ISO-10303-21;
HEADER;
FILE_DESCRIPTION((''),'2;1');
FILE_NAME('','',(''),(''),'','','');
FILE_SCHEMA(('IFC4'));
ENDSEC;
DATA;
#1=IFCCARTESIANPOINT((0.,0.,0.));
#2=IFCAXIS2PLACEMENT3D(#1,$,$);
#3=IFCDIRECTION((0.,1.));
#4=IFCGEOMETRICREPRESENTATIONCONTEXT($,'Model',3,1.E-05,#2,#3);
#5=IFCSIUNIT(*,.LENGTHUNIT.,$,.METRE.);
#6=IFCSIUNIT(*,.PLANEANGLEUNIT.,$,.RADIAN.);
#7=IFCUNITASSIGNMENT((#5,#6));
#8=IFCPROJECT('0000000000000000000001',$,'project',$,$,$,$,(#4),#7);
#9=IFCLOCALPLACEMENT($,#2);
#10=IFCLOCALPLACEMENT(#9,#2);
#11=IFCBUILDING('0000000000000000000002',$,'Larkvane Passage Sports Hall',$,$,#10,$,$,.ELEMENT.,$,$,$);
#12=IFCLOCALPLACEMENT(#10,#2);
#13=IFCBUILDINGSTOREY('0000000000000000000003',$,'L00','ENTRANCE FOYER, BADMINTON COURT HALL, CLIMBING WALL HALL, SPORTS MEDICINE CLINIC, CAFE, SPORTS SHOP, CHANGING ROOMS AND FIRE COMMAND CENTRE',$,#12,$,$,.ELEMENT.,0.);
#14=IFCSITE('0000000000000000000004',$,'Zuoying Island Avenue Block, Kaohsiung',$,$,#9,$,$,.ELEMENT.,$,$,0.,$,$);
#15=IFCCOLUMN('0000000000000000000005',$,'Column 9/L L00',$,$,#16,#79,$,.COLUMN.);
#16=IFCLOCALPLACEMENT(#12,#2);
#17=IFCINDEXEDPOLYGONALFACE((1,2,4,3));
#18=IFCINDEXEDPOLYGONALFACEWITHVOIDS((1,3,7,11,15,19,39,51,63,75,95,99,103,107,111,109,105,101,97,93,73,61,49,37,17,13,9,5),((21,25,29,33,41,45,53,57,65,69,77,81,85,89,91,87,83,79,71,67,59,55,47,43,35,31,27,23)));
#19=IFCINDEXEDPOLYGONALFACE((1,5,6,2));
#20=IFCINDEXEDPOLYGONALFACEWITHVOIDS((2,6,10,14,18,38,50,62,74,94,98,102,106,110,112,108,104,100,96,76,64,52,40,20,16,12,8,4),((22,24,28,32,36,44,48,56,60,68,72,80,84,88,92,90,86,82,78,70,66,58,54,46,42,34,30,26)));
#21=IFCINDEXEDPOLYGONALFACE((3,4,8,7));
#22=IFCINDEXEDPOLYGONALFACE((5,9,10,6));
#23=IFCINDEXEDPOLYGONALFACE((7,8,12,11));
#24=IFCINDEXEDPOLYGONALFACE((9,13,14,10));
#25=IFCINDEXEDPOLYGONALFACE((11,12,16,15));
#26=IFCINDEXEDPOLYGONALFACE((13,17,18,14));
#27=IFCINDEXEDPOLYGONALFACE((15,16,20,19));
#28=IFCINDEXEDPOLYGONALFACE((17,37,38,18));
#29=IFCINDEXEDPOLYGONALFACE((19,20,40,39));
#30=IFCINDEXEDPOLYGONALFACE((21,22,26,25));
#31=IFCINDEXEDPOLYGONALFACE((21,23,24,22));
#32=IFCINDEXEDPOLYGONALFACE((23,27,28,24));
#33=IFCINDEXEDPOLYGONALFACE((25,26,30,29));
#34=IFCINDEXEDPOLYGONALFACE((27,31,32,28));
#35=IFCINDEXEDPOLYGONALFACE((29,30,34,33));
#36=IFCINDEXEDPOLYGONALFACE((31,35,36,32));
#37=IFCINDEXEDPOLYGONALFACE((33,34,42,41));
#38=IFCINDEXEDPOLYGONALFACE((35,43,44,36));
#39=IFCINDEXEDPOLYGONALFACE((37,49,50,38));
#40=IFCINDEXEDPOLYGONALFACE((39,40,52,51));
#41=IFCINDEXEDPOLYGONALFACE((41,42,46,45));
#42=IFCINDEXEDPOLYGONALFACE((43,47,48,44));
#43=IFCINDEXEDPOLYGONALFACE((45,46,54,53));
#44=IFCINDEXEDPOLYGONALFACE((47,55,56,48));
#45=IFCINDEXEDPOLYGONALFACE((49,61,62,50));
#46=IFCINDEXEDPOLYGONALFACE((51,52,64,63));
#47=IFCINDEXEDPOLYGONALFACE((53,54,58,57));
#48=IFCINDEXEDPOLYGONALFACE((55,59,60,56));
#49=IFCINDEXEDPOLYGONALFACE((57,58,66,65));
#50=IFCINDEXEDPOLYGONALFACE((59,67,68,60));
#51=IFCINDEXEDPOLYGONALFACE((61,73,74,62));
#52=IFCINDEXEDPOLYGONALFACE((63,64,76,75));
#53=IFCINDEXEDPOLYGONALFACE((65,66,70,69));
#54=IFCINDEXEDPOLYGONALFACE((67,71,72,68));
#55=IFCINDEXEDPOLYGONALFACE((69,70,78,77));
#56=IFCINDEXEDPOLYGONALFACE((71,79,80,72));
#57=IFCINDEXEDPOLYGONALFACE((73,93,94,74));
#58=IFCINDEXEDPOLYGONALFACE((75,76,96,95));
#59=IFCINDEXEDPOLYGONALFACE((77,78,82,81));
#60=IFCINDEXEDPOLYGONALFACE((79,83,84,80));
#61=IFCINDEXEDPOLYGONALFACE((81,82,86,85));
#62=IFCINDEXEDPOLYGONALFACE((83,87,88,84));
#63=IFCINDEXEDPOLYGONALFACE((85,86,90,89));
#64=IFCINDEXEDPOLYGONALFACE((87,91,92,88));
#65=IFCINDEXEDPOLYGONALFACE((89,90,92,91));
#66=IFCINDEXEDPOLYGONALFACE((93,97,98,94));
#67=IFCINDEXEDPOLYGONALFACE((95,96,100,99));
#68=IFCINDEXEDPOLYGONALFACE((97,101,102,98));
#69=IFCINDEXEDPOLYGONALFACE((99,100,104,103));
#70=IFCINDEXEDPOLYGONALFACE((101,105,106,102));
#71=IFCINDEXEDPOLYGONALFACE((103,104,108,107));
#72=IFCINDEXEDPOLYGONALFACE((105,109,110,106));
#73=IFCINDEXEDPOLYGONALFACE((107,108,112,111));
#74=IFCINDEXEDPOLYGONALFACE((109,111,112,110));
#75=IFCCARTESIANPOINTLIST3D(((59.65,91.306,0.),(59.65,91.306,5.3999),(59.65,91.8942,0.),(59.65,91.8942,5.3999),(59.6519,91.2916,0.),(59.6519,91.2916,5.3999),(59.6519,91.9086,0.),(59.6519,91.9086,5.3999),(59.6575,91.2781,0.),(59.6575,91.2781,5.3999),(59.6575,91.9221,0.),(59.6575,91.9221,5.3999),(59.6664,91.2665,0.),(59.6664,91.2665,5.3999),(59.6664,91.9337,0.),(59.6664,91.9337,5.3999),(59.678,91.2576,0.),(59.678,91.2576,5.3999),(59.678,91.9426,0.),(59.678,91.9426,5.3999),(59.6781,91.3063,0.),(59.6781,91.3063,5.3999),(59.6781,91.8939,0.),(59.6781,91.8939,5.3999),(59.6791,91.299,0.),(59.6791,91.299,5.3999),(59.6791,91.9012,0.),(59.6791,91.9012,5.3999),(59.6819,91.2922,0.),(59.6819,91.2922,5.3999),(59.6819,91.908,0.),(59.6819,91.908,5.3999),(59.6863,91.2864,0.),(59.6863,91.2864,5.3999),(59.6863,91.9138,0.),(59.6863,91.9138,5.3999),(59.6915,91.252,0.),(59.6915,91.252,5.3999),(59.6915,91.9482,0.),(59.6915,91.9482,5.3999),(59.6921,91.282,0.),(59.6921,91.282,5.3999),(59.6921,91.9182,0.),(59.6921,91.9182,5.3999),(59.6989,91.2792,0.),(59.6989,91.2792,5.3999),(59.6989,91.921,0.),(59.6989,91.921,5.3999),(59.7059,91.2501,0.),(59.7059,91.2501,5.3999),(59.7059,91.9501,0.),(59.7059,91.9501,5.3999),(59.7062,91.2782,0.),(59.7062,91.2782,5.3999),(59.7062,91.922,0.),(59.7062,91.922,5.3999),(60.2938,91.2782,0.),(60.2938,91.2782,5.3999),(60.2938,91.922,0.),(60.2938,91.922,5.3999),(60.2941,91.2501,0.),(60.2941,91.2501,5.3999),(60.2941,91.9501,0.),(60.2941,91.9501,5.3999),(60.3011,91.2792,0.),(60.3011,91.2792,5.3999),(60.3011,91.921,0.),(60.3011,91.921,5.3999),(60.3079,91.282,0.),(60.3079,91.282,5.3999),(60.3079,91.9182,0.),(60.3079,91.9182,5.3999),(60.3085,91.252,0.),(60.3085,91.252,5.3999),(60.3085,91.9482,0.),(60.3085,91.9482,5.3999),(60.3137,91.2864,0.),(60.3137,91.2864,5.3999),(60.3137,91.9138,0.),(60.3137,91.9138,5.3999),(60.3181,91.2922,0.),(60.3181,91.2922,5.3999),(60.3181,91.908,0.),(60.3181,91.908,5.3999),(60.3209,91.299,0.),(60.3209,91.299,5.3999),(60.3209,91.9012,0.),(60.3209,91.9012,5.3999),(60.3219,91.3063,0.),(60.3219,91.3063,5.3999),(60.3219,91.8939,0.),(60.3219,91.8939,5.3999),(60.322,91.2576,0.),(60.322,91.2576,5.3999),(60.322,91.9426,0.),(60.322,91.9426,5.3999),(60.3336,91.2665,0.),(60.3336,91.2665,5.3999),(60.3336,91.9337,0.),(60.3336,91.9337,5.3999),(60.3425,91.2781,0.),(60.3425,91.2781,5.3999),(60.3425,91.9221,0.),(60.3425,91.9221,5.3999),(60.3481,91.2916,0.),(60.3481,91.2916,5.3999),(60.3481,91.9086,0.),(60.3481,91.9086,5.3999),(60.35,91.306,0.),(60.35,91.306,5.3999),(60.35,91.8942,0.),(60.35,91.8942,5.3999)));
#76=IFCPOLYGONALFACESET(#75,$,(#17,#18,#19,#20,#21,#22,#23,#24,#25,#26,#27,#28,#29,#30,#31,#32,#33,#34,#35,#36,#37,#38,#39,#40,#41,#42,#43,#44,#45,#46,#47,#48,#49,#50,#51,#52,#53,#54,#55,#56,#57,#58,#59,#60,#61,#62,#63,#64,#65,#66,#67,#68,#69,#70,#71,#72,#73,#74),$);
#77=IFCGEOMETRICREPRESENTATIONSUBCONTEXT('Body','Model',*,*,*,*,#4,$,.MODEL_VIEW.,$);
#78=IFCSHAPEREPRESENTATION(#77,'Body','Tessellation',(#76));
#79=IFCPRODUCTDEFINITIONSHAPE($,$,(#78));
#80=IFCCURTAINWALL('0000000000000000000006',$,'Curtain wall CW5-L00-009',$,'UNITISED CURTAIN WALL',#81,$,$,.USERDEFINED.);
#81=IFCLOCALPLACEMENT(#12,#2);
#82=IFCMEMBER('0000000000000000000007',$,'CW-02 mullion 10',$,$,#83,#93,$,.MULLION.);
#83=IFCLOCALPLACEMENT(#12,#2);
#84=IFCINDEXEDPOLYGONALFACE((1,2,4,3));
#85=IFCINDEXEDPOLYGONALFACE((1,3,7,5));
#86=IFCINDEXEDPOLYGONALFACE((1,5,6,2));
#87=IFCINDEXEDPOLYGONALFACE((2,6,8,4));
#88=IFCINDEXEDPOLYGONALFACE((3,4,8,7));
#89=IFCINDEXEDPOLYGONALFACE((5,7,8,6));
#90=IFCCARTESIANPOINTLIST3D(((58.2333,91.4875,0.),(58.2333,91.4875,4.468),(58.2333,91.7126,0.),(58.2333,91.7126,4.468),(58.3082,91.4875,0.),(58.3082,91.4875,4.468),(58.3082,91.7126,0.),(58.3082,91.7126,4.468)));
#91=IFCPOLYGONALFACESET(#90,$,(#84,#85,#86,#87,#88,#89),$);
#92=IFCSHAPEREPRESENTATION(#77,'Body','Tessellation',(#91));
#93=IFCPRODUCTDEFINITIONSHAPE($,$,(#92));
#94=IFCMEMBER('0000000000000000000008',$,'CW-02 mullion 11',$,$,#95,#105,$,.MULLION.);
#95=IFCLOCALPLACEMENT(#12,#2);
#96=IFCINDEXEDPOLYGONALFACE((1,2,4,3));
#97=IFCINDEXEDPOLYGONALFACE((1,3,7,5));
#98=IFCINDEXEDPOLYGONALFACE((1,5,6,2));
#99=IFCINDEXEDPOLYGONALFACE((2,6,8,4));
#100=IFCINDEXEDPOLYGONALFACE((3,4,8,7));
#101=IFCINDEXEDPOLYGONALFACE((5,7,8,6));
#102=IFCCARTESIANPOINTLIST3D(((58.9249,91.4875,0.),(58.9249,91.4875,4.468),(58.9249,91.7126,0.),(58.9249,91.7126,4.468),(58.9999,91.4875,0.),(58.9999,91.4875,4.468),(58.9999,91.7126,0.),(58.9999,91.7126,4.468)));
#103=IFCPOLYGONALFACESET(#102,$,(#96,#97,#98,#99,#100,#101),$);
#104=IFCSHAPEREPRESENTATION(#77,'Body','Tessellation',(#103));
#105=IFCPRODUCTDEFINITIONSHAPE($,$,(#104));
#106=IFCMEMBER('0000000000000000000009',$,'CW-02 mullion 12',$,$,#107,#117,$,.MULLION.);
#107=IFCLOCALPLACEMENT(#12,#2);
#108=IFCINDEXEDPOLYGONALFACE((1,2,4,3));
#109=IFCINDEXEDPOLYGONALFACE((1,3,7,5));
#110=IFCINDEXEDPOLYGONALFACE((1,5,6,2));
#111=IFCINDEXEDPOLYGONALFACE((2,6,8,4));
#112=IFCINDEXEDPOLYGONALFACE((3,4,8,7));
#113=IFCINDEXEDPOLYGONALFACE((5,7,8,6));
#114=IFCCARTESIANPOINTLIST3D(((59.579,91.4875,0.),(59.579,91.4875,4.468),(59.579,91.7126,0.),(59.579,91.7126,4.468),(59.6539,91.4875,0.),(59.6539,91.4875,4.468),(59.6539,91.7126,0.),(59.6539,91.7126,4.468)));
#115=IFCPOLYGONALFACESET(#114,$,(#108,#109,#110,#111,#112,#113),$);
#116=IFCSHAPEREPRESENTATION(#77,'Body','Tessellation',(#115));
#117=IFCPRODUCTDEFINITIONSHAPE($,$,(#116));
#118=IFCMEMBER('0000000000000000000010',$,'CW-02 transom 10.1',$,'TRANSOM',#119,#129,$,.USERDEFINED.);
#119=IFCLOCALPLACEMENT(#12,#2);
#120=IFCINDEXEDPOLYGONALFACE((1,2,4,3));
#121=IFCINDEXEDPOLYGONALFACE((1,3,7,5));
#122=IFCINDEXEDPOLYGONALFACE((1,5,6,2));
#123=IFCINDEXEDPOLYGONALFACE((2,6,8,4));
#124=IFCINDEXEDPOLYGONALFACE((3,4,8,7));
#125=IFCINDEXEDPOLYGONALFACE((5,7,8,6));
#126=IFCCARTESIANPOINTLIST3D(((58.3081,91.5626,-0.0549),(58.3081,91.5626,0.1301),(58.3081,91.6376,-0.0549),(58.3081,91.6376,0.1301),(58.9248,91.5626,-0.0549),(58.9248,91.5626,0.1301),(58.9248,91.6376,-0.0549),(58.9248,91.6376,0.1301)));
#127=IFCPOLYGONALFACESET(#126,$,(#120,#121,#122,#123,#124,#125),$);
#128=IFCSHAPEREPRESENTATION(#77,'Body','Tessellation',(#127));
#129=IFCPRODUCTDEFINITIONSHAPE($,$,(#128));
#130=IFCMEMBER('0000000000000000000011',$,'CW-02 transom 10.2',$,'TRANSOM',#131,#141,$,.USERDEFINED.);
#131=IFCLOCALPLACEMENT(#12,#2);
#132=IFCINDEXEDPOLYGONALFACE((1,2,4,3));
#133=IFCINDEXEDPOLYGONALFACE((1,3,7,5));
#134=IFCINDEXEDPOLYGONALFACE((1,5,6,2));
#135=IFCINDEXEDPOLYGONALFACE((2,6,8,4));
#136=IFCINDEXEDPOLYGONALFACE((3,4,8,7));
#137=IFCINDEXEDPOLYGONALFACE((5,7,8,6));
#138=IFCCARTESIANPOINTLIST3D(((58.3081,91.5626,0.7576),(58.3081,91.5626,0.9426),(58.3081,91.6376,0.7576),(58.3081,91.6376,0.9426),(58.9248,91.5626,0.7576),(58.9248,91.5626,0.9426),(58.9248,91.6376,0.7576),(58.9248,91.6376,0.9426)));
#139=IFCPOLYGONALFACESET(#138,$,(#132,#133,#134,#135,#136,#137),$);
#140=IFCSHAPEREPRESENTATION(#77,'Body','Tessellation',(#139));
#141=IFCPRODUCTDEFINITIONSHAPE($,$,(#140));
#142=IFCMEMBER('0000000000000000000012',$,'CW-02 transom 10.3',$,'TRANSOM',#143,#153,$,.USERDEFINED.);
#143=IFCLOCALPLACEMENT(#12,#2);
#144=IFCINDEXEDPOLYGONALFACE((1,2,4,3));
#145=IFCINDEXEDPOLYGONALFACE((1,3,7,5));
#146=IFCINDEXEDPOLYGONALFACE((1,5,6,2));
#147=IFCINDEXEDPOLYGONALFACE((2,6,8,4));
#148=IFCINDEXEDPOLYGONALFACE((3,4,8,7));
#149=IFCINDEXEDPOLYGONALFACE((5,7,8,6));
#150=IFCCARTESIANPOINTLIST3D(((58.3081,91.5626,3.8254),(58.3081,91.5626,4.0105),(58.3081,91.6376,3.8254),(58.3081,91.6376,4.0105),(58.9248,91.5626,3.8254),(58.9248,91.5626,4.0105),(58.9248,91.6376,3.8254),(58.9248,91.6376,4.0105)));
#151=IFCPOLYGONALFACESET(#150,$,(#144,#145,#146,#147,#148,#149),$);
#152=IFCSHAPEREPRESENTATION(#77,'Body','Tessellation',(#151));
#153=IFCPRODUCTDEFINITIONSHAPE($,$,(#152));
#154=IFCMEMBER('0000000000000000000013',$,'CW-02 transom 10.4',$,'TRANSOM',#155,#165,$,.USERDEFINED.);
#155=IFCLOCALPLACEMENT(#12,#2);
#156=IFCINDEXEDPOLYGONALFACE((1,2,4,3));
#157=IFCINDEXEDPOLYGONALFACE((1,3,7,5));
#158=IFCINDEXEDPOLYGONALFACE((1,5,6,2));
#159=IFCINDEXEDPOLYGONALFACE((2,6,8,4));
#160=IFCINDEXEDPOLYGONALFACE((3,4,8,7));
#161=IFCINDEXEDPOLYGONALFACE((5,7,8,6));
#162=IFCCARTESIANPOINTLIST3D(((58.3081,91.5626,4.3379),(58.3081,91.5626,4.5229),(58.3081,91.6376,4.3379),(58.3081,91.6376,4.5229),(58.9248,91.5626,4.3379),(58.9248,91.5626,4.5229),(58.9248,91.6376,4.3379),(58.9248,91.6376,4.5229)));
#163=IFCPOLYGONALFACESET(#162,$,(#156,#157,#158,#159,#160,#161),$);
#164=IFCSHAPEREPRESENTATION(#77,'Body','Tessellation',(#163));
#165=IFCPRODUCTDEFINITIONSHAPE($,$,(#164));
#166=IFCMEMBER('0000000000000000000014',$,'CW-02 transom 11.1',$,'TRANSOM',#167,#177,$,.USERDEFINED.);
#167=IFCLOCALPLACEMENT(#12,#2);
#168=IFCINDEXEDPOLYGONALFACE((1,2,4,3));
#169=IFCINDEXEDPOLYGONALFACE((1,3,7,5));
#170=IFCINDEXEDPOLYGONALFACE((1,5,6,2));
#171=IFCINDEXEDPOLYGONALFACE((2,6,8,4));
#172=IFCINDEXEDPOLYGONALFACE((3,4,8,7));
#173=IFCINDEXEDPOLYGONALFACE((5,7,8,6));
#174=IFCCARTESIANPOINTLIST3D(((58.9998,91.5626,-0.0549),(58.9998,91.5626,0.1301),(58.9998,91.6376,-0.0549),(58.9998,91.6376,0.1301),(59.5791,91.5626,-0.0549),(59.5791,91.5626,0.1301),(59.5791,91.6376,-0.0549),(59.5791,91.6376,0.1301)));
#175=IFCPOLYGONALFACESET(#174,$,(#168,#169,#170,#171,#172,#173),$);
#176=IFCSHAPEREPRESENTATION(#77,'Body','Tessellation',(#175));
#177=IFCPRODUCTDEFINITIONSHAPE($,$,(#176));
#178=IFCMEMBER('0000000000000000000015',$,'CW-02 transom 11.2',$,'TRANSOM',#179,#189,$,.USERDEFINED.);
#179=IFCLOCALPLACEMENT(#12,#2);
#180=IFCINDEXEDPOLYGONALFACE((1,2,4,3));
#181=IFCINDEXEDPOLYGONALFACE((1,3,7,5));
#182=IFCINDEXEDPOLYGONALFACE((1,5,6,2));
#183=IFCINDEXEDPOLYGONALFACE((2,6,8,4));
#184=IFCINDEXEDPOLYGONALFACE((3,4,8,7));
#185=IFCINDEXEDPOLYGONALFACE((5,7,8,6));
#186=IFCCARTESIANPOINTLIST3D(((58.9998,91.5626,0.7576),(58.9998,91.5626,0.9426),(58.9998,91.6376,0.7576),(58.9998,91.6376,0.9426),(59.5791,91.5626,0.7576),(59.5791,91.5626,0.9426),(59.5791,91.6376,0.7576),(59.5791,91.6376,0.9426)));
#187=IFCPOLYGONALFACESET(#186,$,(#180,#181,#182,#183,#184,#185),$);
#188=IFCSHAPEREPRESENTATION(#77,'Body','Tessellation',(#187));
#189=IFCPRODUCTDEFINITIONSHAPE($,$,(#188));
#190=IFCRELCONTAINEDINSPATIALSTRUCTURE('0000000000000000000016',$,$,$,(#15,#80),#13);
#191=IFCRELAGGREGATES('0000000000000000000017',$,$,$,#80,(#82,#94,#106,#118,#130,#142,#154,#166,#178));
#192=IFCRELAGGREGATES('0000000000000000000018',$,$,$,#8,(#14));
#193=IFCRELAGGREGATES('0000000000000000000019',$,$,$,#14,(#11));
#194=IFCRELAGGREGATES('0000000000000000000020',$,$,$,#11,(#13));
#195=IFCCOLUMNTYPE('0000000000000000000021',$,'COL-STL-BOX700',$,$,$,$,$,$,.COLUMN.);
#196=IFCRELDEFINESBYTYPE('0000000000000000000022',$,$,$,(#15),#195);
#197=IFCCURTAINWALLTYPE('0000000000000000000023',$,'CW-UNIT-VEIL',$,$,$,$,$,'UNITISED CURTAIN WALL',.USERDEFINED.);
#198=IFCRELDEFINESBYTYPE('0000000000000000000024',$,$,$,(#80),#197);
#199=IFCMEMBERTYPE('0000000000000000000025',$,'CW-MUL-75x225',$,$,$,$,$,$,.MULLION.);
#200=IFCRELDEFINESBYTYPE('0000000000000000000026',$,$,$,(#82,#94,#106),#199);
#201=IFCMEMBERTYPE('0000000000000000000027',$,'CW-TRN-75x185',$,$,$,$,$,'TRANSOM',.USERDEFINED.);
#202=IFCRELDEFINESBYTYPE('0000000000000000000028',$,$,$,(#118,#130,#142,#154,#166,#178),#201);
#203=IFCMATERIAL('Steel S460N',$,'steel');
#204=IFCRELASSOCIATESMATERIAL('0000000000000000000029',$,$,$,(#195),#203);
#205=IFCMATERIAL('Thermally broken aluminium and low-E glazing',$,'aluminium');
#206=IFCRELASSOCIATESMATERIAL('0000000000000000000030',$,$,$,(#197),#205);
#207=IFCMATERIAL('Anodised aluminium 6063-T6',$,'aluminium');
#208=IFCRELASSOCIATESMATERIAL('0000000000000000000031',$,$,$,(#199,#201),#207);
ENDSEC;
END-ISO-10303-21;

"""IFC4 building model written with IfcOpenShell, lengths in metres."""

from ifc_helpers import new_model, si_unit, direction, frame, origin, origin_2d, place, context, subcontext, project, spatial, rectangle, hollow_rectangle, extrude, material, material_profile, profile_set, type_object, element, aggregate, save


model = new_model("IFC4")

# Units and contexts
model_context = context("Model", 3, precision=1e-05, world=origin(), true_north=direction((0.0, 1.0)))
body_context = subcontext(model_context, "Body", "Model", "MODEL_VIEW")
ifc_project = project(units=[si_unit("LENGTHUNIT", "METRE"), si_unit("PLANEANGLEUNIT", "RADIAN")], contexts=[model_context])

# Site, building, storey
site_placement = place(None, origin())
site = spatial("IfcSite", under=ifc_project, at=site_placement, Name="Zuoying Island Avenue Block, Kaohsiung", CompositionType="ELEMENT", RefElevation=0.0)
building_placement = place(site_placement, origin())
building = spatial("IfcBuilding", under=site, at=building_placement, Name="Larkvane Passage Sports Hall", CompositionType="ELEMENT")
storey_placement = place(building_placement, origin())
storey = spatial("IfcBuildingStorey", under=building, at=storey_placement, Name="L00", Description="ENTRANCE FOYER, BADMINTON COURT HALL, CLIMBING WALL HALL, SPORTS MEDICINE CLINIC, CAFE, SPORTS SHOP, CHANGING ROOMS AND FIRE COMMAND CENTRE", CompositionType="ELEMENT", Elevation=0.0)

# Column
ifc_material_1 = material(Name="Steel S460N", Category="steel")
ifc_material_profile_1 = material_profile(ifc_material_1, hollow_rectangle(XDim=0.7, YDim=0.7, WallThickness=0.0281, InnerFilletRadius=0.0281, OuterFilletRadius=0.0559, at=origin_2d()), Name="BOX-700x700x28")
ifc_profile_set_1 = profile_set([ifc_material_profile_1], Name="Steel S460N")
column_type = type_object("IfcColumnType", Name="COL-STL-BOX700", PredefinedType="COLUMN", material=ifc_profile_set_1)
column_placement = place(storey_placement, frame((60.0, 91.6001, 0.0), z_axis=(0.0, 0.0, 1.0), x_axis=(1.0, 0.0, 0.0)))
element("IfcColumn", 1, at=column_placement, inside=storey, type_object=column_type, Name="Column 9/L L00", PredefinedType="COLUMN", context=body_context, shape_type="SweptSolid", body=[
    extrude(hollow_rectangle(XDim=0.7, YDim=0.7, WallThickness=0.0281, InnerFilletRadius=0.0281, OuterFilletRadius=0.0559, at=origin_2d()), origin(), (0.0, 0.0, 1.0), 5.3999),
])

# Curtain wall, members
ifc_material_2 = material(Name="Thermally broken aluminium and low-E glazing", Category="aluminium")
curtain_wall_type = type_object("IfcCurtainWallType", Name="CW-UNIT-VEIL", ElementType="UNITISED CURTAIN WALL", PredefinedType="USERDEFINED", material=ifc_material_2)
curtain_wall_placement = place(storey_placement, origin())
curtain_wall = element("IfcCurtainWall", 2, at=curtain_wall_placement, inside=storey, type_object=curtain_wall_type, Name="Curtain wall CW5-L00-009", ObjectType="UNITISED CURTAIN WALL", PredefinedType="USERDEFINED")
ifc_material_3 = material(Name="Anodised aluminium 6063-T6", Category="aluminium")
ifc_material_profile_2 = material_profile(ifc_material_3, rectangle(XDim=0.075, YDim=0.2251, at=origin_2d()), Name="ALU-MUL-75x225")
ifc_profile_set_2 = profile_set([ifc_material_profile_2], Name="Anodised aluminium 6063-T6")
member_type_1 = type_object("IfcMemberType", Name="CW-MUL-75x225", PredefinedType="MULLION", material=ifc_profile_set_2)
member_1_placement = place(storey_placement, frame((58.2708, 91.6001, 0.0), z_axis=(0.0, 0.0, 1.0), x_axis=(1.0, 0.0, 0.0)))
member_1 = element("IfcMember", 3, at=member_1_placement, type_object=member_type_1, Name="CW-02 mullion 10", PredefinedType="MULLION", context=body_context, shape_type="SweptSolid", body=[
    extrude(rectangle(XDim=0.075, YDim=0.2251, at=origin_2d()), origin(), (0.0, 0.0, 1.0), 4.468),
])
member_2_placement = place(storey_placement, frame((58.9624, 91.6001, 0.0), z_axis=(0.0, 0.0, 1.0), x_axis=(1.0, 0.0, 0.0)))
member_2 = element("IfcMember", 4, at=member_2_placement, type_object=member_type_1, Name="CW-02 mullion 11", PredefinedType="MULLION", context=body_context, shape_type="SweptSolid", body=[
    extrude(rectangle(XDim=0.075, YDim=0.2251, at=origin_2d()), origin(), (0.0, 0.0, 1.0), 4.468),
])
member_3_placement = place(storey_placement, frame((59.6165, 91.6001, 0.0), z_axis=(0.0, 0.0, 1.0), x_axis=(1.0, 0.0, 0.0)))
member_3 = element("IfcMember", 5, at=member_3_placement, type_object=member_type_1, Name="CW-02 mullion 12", PredefinedType="MULLION", context=body_context, shape_type="SweptSolid", body=[
    extrude(rectangle(XDim=0.075, YDim=0.2251, at=origin_2d()), origin(), (0.0, 0.0, 1.0), 4.468),
])
ifc_material_profile_3 = material_profile(ifc_material_3, rectangle(XDim=0.075, YDim=0.1851, at=origin_2d()), Name="ALU-TRN-75x185")
ifc_profile_set_3 = profile_set([ifc_material_profile_3], Name="Anodised aluminium 6063-T6")
member_type_2 = type_object("IfcMemberType", Name="CW-TRN-75x185", ElementType="TRANSOM", PredefinedType="USERDEFINED", material=ifc_profile_set_3)
member_4_placement = place(storey_placement, frame((58.3081, 91.6001, 0.0376), z_axis=(1.0, 0.0, 0.0), x_axis=(0.0, 1.0, 0.0)))
member_4 = element("IfcMember", 6, at=member_4_placement, type_object=member_type_2, Name="CW-02 transom 10.1", ObjectType="TRANSOM", PredefinedType="USERDEFINED", context=body_context, shape_type="SweptSolid", body=[
    extrude(rectangle(XDim=0.075, YDim=0.1851, at=origin_2d()), origin(), (0.0, 0.0, 1.0), 0.6167),
])
member_5_placement = place(storey_placement, frame((58.3081, 91.6001, 0.8501), z_axis=(1.0, 0.0, 0.0), x_axis=(0.0, 1.0, 0.0)))
member_5 = element("IfcMember", 7, at=member_5_placement, type_object=member_type_2, Name="CW-02 transom 10.2", ObjectType="TRANSOM", PredefinedType="USERDEFINED", context=body_context, shape_type="SweptSolid", body=[
    extrude(rectangle(XDim=0.075, YDim=0.1851, at=origin_2d()), origin(), (0.0, 0.0, 1.0), 0.6167),
])
member_6_placement = place(storey_placement, frame((58.3081, 91.6001, 3.918), z_axis=(1.0, 0.0, 0.0), x_axis=(0.0, 1.0, 0.0)))
member_6 = element("IfcMember", 8, at=member_6_placement, type_object=member_type_2, Name="CW-02 transom 10.3", ObjectType="TRANSOM", PredefinedType="USERDEFINED", context=body_context, shape_type="SweptSolid", body=[
    extrude(rectangle(XDim=0.075, YDim=0.1851, at=origin_2d()), origin(), (0.0, 0.0, 1.0), 0.6167),
])
member_7_placement = place(storey_placement, frame((58.3081, 91.6001, 4.4304), z_axis=(1.0, 0.0, 0.0), x_axis=(0.0, 1.0, 0.0)))
member_7 = element("IfcMember", 9, at=member_7_placement, type_object=member_type_2, Name="CW-02 transom 10.4", ObjectType="TRANSOM", PredefinedType="USERDEFINED", context=body_context, shape_type="SweptSolid", body=[
    extrude(rectangle(XDim=0.075, YDim=0.1851, at=origin_2d()), origin(), (0.0, 0.0, 1.0), 0.6167),
])
member_8_placement = place(storey_placement, frame((58.9998, 91.6001, 0.0376), z_axis=(1.0, 0.0, 0.0), x_axis=(0.0, 1.0, 0.0)))
member_8 = element("IfcMember", 10, at=member_8_placement, type_object=member_type_2, Name="CW-02 transom 11.1", ObjectType="TRANSOM", PredefinedType="USERDEFINED", context=body_context, shape_type="SweptSolid", body=[
    extrude(rectangle(XDim=0.075, YDim=0.1851, at=origin_2d()), origin(), (0.0, 0.0, 1.0), 0.5793),
])
member_9_placement = place(storey_placement, frame((58.9998, 91.6001, 0.8501), z_axis=(1.0, 0.0, 0.0), x_axis=(0.0, 1.0, 0.0)))
member_9 = element("IfcMember", 11, at=member_9_placement, type_object=member_type_2, Name="CW-02 transom 11.2", ObjectType="TRANSOM", PredefinedType="USERDEFINED", context=body_context, shape_type="SweptSolid", body=[
    extrude(rectangle(XDim=0.075, YDim=0.1851, at=origin_2d()), origin(), (0.0, 0.0, 1.0), 0.5793),
])
aggregate(curtain_wall, [member_1, member_2, member_3, member_4, member_5, member_6, member_7, member_8, member_9])

save(model, "model.ifc")
